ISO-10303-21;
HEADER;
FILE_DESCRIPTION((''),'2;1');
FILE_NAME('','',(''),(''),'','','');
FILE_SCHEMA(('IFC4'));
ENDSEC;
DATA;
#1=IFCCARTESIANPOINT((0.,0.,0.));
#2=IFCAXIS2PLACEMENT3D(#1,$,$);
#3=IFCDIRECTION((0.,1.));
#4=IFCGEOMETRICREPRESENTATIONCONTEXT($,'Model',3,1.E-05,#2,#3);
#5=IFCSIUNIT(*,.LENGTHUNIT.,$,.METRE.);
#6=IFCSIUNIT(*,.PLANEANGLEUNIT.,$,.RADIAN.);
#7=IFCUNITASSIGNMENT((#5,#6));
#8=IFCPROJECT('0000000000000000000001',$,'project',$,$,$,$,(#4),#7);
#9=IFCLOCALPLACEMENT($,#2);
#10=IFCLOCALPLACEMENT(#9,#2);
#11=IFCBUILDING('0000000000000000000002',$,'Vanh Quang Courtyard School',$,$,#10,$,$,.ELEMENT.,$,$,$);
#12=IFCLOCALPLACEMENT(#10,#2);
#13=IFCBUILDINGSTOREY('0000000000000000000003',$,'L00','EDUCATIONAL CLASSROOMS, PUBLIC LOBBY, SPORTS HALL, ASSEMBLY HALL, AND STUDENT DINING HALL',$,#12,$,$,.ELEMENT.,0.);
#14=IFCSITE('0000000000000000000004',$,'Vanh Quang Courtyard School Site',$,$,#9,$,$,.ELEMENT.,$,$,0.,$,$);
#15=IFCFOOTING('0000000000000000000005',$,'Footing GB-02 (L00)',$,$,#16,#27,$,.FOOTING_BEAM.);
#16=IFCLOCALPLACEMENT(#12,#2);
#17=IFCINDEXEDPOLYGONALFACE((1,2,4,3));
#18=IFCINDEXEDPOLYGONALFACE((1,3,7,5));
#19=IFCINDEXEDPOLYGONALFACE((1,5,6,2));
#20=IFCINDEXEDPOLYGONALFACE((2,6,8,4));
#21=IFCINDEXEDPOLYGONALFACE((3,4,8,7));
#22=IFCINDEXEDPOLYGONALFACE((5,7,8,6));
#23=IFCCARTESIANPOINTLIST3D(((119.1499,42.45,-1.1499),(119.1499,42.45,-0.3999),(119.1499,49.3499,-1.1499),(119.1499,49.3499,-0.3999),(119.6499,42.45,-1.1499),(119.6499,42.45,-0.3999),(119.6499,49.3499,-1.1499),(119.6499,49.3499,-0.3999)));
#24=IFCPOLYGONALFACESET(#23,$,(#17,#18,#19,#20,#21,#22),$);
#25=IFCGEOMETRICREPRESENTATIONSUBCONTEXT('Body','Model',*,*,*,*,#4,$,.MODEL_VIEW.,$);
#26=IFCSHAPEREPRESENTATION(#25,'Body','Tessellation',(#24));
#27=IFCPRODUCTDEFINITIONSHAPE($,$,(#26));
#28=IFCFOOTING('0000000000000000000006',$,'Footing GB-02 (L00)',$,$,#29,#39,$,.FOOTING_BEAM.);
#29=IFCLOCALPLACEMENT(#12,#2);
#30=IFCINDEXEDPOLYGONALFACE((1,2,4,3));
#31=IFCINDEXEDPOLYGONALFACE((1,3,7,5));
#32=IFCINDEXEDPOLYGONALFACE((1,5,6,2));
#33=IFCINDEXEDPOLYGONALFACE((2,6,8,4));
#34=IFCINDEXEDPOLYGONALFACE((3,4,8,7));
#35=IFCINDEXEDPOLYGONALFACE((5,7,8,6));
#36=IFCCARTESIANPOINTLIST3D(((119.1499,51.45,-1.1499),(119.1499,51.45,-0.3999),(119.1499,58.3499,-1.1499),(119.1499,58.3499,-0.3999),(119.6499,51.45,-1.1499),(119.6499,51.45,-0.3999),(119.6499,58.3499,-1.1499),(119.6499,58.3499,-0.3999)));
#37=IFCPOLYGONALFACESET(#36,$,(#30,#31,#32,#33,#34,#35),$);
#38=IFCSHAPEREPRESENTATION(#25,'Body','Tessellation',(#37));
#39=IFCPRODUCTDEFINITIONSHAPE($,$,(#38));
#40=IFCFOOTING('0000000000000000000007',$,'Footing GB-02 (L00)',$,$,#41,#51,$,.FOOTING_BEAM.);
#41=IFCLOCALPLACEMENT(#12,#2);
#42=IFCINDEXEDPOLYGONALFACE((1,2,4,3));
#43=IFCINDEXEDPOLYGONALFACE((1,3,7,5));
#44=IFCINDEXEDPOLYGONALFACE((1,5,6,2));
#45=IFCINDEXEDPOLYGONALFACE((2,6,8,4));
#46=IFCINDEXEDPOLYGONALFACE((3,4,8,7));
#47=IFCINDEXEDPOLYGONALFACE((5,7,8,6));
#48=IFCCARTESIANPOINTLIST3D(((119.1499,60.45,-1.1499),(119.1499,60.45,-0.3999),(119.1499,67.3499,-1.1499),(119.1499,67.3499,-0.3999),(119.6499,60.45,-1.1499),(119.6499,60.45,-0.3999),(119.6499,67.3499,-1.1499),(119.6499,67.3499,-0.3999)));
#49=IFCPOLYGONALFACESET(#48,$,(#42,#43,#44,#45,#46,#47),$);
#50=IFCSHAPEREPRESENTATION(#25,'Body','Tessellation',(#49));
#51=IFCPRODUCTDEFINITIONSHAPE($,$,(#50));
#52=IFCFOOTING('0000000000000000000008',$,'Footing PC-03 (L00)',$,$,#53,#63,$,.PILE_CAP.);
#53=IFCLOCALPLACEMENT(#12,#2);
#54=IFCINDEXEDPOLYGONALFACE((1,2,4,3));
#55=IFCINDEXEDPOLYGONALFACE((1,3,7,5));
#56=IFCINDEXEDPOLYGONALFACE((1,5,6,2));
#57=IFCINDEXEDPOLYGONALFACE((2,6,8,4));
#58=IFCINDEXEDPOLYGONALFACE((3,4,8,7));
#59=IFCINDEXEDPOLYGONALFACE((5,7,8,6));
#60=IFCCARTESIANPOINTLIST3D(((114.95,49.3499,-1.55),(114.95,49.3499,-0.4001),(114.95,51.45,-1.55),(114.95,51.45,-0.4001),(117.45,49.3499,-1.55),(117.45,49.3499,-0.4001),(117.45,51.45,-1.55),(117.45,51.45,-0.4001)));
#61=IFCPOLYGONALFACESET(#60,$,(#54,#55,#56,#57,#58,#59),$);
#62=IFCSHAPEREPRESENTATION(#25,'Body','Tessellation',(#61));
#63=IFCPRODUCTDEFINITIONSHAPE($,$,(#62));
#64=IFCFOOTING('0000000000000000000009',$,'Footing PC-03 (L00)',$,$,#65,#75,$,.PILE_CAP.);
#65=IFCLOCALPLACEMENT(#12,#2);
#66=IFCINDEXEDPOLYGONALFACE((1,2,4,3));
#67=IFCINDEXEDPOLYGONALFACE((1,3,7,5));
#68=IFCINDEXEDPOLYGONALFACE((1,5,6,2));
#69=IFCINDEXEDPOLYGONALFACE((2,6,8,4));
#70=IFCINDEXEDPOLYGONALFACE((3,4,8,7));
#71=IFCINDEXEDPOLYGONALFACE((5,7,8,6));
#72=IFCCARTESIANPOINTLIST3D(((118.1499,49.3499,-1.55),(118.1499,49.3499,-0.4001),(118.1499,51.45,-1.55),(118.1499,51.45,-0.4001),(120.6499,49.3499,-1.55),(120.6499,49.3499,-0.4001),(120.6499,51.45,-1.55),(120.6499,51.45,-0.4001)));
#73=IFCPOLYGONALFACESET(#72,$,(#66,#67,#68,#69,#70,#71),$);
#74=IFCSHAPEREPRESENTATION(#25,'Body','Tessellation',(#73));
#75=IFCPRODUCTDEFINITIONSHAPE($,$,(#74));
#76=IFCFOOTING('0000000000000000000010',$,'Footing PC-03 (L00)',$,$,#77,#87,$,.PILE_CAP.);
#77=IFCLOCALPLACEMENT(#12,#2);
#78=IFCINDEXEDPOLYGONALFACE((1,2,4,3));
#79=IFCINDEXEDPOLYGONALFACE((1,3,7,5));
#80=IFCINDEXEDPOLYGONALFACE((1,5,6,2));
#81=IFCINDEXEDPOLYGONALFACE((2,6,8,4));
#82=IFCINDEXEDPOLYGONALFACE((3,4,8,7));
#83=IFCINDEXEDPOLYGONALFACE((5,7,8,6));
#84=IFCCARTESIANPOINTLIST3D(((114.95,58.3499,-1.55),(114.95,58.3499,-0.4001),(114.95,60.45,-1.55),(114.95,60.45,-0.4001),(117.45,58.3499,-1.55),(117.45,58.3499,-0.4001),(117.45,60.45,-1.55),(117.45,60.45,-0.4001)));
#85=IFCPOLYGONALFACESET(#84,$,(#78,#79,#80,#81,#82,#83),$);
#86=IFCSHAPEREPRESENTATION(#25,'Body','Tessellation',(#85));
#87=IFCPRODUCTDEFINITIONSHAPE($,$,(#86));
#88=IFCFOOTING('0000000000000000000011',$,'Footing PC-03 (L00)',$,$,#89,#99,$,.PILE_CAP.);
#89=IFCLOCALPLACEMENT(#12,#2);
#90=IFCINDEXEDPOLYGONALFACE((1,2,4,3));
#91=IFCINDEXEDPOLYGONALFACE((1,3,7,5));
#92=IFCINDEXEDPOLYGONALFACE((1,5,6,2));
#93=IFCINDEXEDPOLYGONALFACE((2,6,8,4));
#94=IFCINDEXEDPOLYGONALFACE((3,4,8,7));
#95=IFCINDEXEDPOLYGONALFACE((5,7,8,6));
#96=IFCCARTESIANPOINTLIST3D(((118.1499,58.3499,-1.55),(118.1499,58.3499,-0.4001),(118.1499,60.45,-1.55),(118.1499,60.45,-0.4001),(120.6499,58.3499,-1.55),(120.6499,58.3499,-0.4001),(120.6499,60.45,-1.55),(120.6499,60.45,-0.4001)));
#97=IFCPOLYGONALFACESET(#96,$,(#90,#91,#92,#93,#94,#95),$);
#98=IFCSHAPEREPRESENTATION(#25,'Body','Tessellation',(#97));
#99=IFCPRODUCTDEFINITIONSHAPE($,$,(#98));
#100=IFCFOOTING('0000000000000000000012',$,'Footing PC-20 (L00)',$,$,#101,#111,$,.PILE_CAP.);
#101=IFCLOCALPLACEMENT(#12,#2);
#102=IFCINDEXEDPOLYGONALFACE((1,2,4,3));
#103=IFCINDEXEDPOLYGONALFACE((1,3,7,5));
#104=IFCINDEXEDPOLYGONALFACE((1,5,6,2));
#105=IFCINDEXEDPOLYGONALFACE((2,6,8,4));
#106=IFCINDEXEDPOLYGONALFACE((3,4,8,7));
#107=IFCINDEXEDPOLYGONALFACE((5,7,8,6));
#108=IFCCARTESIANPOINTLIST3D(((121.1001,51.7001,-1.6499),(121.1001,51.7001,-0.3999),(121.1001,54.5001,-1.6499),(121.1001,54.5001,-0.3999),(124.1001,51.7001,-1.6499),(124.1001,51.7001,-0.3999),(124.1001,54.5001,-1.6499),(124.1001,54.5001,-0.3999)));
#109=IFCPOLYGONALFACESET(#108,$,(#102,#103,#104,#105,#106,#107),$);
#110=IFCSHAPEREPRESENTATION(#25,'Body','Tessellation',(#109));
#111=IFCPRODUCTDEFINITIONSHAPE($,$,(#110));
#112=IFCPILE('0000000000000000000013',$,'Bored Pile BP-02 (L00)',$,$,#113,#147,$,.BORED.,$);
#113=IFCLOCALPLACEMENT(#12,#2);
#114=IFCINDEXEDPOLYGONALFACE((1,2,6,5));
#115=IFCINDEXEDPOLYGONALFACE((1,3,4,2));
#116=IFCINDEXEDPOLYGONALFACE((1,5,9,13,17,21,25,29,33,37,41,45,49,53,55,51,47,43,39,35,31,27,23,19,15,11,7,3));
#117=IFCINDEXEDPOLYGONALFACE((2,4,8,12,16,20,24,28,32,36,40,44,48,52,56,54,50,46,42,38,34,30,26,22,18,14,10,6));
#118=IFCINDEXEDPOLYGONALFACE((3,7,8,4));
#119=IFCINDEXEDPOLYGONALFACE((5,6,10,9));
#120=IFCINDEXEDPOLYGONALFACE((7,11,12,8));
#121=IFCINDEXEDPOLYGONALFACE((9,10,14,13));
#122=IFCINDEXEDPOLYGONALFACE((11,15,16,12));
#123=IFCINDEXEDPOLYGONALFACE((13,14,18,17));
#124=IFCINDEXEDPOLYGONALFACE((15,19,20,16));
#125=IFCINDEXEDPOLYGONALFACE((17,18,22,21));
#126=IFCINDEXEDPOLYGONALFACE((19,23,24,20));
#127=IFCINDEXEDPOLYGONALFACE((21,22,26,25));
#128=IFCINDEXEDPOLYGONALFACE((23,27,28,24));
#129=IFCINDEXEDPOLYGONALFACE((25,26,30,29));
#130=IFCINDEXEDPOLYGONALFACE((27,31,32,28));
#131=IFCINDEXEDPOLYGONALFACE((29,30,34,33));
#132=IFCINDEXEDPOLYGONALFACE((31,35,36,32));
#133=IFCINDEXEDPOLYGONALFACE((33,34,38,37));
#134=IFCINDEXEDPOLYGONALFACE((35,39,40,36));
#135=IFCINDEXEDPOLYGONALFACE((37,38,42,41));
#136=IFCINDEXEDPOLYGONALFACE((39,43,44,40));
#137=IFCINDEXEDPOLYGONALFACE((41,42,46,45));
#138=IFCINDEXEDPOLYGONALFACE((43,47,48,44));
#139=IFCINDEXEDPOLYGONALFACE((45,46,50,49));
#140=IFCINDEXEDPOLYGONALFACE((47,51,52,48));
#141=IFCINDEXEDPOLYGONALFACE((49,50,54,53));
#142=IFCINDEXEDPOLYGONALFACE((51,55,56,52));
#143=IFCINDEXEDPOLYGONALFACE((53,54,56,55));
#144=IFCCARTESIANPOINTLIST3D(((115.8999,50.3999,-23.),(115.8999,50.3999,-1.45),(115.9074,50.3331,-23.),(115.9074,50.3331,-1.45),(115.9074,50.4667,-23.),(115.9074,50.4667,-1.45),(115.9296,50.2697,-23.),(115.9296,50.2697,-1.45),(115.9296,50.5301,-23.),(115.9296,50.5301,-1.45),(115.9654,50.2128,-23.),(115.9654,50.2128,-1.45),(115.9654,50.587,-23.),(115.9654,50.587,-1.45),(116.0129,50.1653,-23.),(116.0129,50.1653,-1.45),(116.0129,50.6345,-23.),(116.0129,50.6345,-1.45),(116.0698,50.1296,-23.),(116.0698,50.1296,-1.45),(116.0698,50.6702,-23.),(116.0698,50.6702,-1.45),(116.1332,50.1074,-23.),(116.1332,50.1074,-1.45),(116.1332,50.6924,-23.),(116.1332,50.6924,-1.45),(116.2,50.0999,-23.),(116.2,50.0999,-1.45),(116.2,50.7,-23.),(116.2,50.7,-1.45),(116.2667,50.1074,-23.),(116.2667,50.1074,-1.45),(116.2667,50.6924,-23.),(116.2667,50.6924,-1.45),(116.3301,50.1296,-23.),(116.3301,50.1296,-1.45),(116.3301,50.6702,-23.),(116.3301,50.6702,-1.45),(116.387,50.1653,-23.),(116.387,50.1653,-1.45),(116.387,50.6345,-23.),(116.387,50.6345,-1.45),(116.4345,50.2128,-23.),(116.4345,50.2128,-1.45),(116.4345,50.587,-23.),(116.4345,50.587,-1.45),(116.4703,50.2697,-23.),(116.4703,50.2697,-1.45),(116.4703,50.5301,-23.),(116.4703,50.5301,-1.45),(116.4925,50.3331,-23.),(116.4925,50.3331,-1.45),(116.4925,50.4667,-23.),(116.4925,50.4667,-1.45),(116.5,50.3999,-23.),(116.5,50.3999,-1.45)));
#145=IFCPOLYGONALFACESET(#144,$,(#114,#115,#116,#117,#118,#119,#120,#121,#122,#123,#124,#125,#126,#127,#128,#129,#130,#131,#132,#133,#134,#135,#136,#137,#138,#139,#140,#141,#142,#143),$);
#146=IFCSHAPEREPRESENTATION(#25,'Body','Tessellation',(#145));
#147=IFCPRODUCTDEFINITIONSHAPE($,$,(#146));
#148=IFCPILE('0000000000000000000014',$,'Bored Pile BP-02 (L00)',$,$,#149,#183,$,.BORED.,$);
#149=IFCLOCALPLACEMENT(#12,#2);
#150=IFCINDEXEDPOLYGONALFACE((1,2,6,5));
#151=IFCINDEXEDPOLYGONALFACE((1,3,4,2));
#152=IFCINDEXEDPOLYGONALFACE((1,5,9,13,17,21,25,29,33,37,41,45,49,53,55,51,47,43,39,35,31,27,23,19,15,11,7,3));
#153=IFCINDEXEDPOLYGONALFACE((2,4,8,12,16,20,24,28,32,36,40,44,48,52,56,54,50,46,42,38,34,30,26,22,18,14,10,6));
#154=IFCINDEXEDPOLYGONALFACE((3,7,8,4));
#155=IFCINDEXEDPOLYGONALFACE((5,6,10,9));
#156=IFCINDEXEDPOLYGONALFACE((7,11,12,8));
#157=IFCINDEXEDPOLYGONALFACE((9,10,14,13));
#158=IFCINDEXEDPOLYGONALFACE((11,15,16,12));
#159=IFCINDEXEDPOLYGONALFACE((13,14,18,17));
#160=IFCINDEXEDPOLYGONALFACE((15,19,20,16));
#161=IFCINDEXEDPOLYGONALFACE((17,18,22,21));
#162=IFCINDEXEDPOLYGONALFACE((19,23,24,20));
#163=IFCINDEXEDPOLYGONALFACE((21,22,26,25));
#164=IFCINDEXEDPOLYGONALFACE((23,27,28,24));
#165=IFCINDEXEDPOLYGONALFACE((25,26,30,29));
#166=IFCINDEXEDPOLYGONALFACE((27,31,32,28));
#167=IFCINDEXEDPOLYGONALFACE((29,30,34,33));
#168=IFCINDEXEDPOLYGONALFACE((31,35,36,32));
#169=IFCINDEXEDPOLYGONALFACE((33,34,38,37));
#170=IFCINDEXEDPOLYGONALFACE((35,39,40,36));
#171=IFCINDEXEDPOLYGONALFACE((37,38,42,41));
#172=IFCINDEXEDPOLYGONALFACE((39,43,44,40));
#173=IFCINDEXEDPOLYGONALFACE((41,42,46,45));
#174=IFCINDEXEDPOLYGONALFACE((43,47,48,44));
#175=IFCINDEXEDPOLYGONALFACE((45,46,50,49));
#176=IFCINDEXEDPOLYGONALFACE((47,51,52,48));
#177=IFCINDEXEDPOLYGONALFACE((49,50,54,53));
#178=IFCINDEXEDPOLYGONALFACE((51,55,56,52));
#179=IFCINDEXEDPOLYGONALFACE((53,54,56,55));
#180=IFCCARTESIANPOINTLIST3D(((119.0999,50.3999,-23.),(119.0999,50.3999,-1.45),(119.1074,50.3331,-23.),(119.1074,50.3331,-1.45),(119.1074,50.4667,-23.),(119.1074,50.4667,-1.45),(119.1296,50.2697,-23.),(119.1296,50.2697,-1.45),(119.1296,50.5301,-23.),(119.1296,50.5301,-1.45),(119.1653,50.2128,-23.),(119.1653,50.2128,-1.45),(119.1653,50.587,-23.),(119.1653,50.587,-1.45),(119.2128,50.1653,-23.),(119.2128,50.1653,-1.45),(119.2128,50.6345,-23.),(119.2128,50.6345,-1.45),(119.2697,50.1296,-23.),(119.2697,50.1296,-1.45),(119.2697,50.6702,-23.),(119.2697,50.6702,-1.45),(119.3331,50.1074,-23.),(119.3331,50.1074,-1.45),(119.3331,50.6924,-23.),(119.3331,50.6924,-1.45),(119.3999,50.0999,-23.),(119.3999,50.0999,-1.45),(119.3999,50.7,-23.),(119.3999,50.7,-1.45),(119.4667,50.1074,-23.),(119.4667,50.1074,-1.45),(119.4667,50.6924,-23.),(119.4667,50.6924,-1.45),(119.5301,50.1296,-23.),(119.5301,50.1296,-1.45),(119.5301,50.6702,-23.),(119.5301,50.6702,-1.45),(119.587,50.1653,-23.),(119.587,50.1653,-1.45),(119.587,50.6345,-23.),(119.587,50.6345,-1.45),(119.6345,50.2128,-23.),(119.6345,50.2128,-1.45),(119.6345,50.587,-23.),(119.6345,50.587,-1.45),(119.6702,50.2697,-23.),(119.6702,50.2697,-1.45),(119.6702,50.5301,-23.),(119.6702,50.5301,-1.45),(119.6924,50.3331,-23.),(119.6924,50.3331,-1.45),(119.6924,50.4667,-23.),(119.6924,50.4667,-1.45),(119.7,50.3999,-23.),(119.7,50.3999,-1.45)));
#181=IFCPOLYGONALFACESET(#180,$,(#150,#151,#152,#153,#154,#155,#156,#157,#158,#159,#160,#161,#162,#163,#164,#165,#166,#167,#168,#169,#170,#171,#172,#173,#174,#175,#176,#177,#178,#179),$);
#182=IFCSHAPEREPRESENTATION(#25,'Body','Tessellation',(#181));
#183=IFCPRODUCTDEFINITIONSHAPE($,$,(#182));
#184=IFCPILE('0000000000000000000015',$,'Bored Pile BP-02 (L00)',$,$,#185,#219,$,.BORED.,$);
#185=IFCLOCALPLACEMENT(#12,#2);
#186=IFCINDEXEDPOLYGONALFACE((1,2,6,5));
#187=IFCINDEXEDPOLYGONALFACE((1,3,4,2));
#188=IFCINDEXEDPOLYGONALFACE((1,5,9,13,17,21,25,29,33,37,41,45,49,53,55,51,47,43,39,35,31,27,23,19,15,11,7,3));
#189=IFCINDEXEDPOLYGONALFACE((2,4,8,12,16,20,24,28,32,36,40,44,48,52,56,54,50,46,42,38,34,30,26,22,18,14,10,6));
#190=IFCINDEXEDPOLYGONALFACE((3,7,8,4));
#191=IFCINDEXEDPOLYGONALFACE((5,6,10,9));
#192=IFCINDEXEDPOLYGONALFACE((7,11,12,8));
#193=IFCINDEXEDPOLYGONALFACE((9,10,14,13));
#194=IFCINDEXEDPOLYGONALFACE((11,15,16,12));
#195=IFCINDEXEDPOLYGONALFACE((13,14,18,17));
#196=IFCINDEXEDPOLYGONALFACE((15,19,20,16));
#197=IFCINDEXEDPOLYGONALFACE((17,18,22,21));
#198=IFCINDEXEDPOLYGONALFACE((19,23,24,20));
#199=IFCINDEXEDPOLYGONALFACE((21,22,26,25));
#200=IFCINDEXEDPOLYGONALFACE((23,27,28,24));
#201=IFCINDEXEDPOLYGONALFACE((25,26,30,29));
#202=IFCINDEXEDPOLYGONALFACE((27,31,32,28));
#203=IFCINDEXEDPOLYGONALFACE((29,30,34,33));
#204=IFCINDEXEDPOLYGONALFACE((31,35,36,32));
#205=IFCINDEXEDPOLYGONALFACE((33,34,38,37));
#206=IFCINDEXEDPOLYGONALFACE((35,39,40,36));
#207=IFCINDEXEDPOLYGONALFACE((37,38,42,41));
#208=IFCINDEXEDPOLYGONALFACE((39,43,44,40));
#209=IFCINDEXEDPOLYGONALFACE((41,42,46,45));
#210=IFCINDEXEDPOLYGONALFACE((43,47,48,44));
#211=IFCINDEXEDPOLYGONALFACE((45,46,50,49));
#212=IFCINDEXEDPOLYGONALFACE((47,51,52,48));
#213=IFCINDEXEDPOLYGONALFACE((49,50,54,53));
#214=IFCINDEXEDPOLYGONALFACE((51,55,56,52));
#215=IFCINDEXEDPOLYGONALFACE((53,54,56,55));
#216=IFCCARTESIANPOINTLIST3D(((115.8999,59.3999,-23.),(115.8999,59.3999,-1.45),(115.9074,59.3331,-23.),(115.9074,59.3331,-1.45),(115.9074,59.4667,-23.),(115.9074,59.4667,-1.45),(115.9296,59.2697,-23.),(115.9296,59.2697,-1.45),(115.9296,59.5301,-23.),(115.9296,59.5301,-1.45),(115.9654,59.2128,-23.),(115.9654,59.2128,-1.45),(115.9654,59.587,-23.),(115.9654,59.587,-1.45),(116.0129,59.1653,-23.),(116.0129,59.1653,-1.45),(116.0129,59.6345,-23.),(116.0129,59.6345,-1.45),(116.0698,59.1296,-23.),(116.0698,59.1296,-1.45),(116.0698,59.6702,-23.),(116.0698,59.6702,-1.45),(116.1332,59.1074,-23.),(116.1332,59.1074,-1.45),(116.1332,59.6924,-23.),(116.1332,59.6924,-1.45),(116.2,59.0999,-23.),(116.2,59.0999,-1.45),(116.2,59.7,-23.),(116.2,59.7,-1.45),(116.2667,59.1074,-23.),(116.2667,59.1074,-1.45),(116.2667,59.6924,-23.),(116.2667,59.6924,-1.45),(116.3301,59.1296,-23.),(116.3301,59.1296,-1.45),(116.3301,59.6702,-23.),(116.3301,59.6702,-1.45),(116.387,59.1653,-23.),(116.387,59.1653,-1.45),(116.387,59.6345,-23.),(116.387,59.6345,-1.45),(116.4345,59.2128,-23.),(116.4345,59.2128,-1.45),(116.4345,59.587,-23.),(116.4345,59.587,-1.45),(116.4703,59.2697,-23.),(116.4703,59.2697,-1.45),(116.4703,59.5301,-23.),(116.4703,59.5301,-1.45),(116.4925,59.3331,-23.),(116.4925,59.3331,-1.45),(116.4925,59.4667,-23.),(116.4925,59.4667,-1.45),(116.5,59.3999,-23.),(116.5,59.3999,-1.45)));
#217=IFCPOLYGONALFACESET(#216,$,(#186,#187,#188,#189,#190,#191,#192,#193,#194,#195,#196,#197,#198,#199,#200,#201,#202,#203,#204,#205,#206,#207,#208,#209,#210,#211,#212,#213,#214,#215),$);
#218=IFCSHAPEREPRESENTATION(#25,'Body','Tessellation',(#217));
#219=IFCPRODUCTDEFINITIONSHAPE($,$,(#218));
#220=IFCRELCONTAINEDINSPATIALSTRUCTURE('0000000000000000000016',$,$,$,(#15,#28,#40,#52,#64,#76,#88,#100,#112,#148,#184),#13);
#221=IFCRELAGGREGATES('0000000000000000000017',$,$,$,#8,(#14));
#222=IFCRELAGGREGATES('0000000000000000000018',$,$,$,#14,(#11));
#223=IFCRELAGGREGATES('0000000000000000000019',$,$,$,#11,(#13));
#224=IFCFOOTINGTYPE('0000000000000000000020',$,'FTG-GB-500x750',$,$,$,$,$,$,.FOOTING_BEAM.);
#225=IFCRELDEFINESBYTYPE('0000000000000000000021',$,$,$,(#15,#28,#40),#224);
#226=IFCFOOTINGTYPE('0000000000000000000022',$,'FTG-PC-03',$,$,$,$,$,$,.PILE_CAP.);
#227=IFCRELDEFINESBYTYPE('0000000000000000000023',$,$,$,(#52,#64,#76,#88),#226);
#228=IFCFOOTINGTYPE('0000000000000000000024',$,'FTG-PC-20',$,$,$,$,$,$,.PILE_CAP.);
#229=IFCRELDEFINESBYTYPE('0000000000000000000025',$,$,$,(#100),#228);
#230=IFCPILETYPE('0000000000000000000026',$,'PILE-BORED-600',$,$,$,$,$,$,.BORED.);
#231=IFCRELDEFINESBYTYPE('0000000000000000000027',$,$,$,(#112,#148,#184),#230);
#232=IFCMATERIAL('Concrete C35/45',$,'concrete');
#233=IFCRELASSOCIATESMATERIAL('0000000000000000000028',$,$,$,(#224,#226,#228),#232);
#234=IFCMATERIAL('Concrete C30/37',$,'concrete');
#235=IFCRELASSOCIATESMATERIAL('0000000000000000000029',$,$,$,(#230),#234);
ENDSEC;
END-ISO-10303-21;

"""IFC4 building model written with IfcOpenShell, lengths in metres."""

from ifc_helpers import new_model, si_unit, direction, frame, origin, origin_2d, place, context, subcontext, project, spatial, rectangle, circle, extrude, material, material_profile, profile_set, type_object, element, save


model = new_model("IFC4")

# Units and contexts
model_context = context("Model", 3, precision=1e-05, world=origin(), true_north=direction((0.0, 1.0)))
body_context = subcontext(model_context, "Body", "Model", "MODEL_VIEW")
ifc_project = project(units=[si_unit("LENGTHUNIT", "METRE"), si_unit("PLANEANGLEUNIT", "RADIAN")], contexts=[model_context])

# Site, building, storey
site_placement = place(None, origin())
site = spatial("IfcSite", under=ifc_project, at=site_placement, Name="Vanh Quang Courtyard School Site", CompositionType="ELEMENT", RefElevation=0.0)
building_placement = place(site_placement, origin())
building = spatial("IfcBuilding", under=site, at=building_placement, Name="Vanh Quang Courtyard School", CompositionType="ELEMENT")
storey_placement = place(building_placement, origin())
storey = spatial("IfcBuildingStorey", under=building, at=storey_placement, Name="L00", Description="EDUCATIONAL CLASSROOMS, PUBLIC LOBBY, SPORTS HALL, ASSEMBLY HALL, AND STUDENT DINING HALL", CompositionType="ELEMENT", Elevation=0.0)

# Footings
ifc_material_1 = material(Name="Concrete C35/45", Category="concrete")
footing_type_1 = type_object("IfcFootingType", Name="FTG-GB-500x750", PredefinedType="FOOTING_BEAM", material=ifc_material_1)
for number, where, z_axis, x_axis, name in (
    (1, (119.3999, 45.8999, -1.1499), (0.0, 0.0, 1.0), (0.0, 1.0, 0.0), "Footing GB-02 (L00)"),
    (2, (119.3999, 54.8999, -1.1499), (0.0, 0.0, 1.0), (0.0, 1.0, 0.0), "Footing GB-02 (L00)"),
    (3, (119.3999, 63.8999, -1.1499), (0.0, 0.0, 1.0), (0.0, 1.0, 0.0), "Footing GB-02 (L00)"),
):
    element("IfcFooting", number, at=place(storey_placement, frame(where, z_axis=z_axis, x_axis=x_axis)), inside=storey, type_object=footing_type_1, Name=name, PredefinedType="FOOTING_BEAM", context=body_context, shape_type="SweptSolid", body=[
        extrude(rectangle(XDim=6.8999, YDim=0.5, at=origin_2d()), origin(), (0.0, 0.0, 1.0), 0.75),
    ])
footing_type_2 = type_object("IfcFootingType", Name="FTG-PC-03", PredefinedType="PILE_CAP", material=ifc_material_1)
for number, where, z_axis, x_axis, name in (
    (4, (116.2, 50.3999, -1.55), (0.0, 0.0, 1.0), (1.0, 0.0, 0.0), "Footing PC-03 (L00)"),
    (5, (119.3999, 50.3999, -1.55), (0.0, 0.0, 1.0), (1.0, 0.0, 0.0), "Footing PC-03 (L00)"),
    (6, (116.2, 59.3999, -1.55), (0.0, 0.0, 1.0), (1.0, 0.0, 0.0), "Footing PC-03 (L00)"),
    (7, (119.3999, 59.3999, -1.55), (0.0, 0.0, 1.0), (1.0, 0.0, 0.0), "Footing PC-03 (L00)"),
):
    element("IfcFooting", number, at=place(storey_placement, frame(where, z_axis=z_axis, x_axis=x_axis)), inside=storey, type_object=footing_type_2, Name=name, PredefinedType="PILE_CAP", context=body_context, shape_type="SweptSolid", body=[
        extrude(rectangle(XDim=2.5, YDim=2.1001, at=origin_2d()), origin(), (0.0, 0.0, 1.0), 1.1499),
    ])
footing_type_3 = type_object("IfcFootingType", Name="FTG-PC-20", PredefinedType="PILE_CAP", material=ifc_material_1)
footing_placement = place(storey_placement, frame((122.6001, 53.1001, -1.6499), z_axis=(0.0, 0.0, 1.0), x_axis=(1.0, 0.0, 0.0)))
element("IfcFooting", 8, at=footing_placement, inside=storey, type_object=footing_type_3, Name="Footing PC-20 (L00)", PredefinedType="PILE_CAP", context=body_context, shape_type="SweptSolid", body=[
    extrude(rectangle(XDim=3.0, YDim=2.8, at=origin_2d()), origin(), (0.0, 0.0, 1.0), 1.25),
])

# Piles
ifc_material_2 = material(Name="Concrete C30/37", Category="concrete")
ifc_material_profile_1 = material_profile(ifc_material_2, circle(Radius=0.3, at=origin_2d()), Name="PILE D600")
ifc_profile_set_1 = profile_set([ifc_material_profile_1], Name="Concrete C30/37")
pile_type_1 = type_object("IfcPileType", Name="PILE-BORED-600", PredefinedType="BORED", material=ifc_profile_set_1)
for number, where, z_axis, x_axis, name in (
    (9, (116.2, 50.3999, -1.45), (0.0, 0.0, -1.0), (1.0, 0.0, 0.0), "Bored Pile BP-02 (L00)"),
    (10, (119.3999, 50.3999, -1.45), (0.0, 0.0, -1.0), (1.0, 0.0, 0.0), "Bored Pile BP-02 (L00)"),
    (11, (116.2, 59.3999, -1.45), (0.0, 0.0, -1.0), (1.0, 0.0, 0.0), "Bored Pile BP-02 (L00)"),
):
    element("IfcPile", number, at=place(storey_placement, frame(where, z_axis=z_axis, x_axis=x_axis)), inside=storey, type_object=pile_type_1, Name=name, PredefinedType="BORED", context=body_context, shape_type="SweptSolid", body=[
        extrude(circle(Radius=0.3, at=origin_2d()), origin(), (0.0, 0.0, 1.0), 21.55),
    ])

save(model, "model.ifc")
